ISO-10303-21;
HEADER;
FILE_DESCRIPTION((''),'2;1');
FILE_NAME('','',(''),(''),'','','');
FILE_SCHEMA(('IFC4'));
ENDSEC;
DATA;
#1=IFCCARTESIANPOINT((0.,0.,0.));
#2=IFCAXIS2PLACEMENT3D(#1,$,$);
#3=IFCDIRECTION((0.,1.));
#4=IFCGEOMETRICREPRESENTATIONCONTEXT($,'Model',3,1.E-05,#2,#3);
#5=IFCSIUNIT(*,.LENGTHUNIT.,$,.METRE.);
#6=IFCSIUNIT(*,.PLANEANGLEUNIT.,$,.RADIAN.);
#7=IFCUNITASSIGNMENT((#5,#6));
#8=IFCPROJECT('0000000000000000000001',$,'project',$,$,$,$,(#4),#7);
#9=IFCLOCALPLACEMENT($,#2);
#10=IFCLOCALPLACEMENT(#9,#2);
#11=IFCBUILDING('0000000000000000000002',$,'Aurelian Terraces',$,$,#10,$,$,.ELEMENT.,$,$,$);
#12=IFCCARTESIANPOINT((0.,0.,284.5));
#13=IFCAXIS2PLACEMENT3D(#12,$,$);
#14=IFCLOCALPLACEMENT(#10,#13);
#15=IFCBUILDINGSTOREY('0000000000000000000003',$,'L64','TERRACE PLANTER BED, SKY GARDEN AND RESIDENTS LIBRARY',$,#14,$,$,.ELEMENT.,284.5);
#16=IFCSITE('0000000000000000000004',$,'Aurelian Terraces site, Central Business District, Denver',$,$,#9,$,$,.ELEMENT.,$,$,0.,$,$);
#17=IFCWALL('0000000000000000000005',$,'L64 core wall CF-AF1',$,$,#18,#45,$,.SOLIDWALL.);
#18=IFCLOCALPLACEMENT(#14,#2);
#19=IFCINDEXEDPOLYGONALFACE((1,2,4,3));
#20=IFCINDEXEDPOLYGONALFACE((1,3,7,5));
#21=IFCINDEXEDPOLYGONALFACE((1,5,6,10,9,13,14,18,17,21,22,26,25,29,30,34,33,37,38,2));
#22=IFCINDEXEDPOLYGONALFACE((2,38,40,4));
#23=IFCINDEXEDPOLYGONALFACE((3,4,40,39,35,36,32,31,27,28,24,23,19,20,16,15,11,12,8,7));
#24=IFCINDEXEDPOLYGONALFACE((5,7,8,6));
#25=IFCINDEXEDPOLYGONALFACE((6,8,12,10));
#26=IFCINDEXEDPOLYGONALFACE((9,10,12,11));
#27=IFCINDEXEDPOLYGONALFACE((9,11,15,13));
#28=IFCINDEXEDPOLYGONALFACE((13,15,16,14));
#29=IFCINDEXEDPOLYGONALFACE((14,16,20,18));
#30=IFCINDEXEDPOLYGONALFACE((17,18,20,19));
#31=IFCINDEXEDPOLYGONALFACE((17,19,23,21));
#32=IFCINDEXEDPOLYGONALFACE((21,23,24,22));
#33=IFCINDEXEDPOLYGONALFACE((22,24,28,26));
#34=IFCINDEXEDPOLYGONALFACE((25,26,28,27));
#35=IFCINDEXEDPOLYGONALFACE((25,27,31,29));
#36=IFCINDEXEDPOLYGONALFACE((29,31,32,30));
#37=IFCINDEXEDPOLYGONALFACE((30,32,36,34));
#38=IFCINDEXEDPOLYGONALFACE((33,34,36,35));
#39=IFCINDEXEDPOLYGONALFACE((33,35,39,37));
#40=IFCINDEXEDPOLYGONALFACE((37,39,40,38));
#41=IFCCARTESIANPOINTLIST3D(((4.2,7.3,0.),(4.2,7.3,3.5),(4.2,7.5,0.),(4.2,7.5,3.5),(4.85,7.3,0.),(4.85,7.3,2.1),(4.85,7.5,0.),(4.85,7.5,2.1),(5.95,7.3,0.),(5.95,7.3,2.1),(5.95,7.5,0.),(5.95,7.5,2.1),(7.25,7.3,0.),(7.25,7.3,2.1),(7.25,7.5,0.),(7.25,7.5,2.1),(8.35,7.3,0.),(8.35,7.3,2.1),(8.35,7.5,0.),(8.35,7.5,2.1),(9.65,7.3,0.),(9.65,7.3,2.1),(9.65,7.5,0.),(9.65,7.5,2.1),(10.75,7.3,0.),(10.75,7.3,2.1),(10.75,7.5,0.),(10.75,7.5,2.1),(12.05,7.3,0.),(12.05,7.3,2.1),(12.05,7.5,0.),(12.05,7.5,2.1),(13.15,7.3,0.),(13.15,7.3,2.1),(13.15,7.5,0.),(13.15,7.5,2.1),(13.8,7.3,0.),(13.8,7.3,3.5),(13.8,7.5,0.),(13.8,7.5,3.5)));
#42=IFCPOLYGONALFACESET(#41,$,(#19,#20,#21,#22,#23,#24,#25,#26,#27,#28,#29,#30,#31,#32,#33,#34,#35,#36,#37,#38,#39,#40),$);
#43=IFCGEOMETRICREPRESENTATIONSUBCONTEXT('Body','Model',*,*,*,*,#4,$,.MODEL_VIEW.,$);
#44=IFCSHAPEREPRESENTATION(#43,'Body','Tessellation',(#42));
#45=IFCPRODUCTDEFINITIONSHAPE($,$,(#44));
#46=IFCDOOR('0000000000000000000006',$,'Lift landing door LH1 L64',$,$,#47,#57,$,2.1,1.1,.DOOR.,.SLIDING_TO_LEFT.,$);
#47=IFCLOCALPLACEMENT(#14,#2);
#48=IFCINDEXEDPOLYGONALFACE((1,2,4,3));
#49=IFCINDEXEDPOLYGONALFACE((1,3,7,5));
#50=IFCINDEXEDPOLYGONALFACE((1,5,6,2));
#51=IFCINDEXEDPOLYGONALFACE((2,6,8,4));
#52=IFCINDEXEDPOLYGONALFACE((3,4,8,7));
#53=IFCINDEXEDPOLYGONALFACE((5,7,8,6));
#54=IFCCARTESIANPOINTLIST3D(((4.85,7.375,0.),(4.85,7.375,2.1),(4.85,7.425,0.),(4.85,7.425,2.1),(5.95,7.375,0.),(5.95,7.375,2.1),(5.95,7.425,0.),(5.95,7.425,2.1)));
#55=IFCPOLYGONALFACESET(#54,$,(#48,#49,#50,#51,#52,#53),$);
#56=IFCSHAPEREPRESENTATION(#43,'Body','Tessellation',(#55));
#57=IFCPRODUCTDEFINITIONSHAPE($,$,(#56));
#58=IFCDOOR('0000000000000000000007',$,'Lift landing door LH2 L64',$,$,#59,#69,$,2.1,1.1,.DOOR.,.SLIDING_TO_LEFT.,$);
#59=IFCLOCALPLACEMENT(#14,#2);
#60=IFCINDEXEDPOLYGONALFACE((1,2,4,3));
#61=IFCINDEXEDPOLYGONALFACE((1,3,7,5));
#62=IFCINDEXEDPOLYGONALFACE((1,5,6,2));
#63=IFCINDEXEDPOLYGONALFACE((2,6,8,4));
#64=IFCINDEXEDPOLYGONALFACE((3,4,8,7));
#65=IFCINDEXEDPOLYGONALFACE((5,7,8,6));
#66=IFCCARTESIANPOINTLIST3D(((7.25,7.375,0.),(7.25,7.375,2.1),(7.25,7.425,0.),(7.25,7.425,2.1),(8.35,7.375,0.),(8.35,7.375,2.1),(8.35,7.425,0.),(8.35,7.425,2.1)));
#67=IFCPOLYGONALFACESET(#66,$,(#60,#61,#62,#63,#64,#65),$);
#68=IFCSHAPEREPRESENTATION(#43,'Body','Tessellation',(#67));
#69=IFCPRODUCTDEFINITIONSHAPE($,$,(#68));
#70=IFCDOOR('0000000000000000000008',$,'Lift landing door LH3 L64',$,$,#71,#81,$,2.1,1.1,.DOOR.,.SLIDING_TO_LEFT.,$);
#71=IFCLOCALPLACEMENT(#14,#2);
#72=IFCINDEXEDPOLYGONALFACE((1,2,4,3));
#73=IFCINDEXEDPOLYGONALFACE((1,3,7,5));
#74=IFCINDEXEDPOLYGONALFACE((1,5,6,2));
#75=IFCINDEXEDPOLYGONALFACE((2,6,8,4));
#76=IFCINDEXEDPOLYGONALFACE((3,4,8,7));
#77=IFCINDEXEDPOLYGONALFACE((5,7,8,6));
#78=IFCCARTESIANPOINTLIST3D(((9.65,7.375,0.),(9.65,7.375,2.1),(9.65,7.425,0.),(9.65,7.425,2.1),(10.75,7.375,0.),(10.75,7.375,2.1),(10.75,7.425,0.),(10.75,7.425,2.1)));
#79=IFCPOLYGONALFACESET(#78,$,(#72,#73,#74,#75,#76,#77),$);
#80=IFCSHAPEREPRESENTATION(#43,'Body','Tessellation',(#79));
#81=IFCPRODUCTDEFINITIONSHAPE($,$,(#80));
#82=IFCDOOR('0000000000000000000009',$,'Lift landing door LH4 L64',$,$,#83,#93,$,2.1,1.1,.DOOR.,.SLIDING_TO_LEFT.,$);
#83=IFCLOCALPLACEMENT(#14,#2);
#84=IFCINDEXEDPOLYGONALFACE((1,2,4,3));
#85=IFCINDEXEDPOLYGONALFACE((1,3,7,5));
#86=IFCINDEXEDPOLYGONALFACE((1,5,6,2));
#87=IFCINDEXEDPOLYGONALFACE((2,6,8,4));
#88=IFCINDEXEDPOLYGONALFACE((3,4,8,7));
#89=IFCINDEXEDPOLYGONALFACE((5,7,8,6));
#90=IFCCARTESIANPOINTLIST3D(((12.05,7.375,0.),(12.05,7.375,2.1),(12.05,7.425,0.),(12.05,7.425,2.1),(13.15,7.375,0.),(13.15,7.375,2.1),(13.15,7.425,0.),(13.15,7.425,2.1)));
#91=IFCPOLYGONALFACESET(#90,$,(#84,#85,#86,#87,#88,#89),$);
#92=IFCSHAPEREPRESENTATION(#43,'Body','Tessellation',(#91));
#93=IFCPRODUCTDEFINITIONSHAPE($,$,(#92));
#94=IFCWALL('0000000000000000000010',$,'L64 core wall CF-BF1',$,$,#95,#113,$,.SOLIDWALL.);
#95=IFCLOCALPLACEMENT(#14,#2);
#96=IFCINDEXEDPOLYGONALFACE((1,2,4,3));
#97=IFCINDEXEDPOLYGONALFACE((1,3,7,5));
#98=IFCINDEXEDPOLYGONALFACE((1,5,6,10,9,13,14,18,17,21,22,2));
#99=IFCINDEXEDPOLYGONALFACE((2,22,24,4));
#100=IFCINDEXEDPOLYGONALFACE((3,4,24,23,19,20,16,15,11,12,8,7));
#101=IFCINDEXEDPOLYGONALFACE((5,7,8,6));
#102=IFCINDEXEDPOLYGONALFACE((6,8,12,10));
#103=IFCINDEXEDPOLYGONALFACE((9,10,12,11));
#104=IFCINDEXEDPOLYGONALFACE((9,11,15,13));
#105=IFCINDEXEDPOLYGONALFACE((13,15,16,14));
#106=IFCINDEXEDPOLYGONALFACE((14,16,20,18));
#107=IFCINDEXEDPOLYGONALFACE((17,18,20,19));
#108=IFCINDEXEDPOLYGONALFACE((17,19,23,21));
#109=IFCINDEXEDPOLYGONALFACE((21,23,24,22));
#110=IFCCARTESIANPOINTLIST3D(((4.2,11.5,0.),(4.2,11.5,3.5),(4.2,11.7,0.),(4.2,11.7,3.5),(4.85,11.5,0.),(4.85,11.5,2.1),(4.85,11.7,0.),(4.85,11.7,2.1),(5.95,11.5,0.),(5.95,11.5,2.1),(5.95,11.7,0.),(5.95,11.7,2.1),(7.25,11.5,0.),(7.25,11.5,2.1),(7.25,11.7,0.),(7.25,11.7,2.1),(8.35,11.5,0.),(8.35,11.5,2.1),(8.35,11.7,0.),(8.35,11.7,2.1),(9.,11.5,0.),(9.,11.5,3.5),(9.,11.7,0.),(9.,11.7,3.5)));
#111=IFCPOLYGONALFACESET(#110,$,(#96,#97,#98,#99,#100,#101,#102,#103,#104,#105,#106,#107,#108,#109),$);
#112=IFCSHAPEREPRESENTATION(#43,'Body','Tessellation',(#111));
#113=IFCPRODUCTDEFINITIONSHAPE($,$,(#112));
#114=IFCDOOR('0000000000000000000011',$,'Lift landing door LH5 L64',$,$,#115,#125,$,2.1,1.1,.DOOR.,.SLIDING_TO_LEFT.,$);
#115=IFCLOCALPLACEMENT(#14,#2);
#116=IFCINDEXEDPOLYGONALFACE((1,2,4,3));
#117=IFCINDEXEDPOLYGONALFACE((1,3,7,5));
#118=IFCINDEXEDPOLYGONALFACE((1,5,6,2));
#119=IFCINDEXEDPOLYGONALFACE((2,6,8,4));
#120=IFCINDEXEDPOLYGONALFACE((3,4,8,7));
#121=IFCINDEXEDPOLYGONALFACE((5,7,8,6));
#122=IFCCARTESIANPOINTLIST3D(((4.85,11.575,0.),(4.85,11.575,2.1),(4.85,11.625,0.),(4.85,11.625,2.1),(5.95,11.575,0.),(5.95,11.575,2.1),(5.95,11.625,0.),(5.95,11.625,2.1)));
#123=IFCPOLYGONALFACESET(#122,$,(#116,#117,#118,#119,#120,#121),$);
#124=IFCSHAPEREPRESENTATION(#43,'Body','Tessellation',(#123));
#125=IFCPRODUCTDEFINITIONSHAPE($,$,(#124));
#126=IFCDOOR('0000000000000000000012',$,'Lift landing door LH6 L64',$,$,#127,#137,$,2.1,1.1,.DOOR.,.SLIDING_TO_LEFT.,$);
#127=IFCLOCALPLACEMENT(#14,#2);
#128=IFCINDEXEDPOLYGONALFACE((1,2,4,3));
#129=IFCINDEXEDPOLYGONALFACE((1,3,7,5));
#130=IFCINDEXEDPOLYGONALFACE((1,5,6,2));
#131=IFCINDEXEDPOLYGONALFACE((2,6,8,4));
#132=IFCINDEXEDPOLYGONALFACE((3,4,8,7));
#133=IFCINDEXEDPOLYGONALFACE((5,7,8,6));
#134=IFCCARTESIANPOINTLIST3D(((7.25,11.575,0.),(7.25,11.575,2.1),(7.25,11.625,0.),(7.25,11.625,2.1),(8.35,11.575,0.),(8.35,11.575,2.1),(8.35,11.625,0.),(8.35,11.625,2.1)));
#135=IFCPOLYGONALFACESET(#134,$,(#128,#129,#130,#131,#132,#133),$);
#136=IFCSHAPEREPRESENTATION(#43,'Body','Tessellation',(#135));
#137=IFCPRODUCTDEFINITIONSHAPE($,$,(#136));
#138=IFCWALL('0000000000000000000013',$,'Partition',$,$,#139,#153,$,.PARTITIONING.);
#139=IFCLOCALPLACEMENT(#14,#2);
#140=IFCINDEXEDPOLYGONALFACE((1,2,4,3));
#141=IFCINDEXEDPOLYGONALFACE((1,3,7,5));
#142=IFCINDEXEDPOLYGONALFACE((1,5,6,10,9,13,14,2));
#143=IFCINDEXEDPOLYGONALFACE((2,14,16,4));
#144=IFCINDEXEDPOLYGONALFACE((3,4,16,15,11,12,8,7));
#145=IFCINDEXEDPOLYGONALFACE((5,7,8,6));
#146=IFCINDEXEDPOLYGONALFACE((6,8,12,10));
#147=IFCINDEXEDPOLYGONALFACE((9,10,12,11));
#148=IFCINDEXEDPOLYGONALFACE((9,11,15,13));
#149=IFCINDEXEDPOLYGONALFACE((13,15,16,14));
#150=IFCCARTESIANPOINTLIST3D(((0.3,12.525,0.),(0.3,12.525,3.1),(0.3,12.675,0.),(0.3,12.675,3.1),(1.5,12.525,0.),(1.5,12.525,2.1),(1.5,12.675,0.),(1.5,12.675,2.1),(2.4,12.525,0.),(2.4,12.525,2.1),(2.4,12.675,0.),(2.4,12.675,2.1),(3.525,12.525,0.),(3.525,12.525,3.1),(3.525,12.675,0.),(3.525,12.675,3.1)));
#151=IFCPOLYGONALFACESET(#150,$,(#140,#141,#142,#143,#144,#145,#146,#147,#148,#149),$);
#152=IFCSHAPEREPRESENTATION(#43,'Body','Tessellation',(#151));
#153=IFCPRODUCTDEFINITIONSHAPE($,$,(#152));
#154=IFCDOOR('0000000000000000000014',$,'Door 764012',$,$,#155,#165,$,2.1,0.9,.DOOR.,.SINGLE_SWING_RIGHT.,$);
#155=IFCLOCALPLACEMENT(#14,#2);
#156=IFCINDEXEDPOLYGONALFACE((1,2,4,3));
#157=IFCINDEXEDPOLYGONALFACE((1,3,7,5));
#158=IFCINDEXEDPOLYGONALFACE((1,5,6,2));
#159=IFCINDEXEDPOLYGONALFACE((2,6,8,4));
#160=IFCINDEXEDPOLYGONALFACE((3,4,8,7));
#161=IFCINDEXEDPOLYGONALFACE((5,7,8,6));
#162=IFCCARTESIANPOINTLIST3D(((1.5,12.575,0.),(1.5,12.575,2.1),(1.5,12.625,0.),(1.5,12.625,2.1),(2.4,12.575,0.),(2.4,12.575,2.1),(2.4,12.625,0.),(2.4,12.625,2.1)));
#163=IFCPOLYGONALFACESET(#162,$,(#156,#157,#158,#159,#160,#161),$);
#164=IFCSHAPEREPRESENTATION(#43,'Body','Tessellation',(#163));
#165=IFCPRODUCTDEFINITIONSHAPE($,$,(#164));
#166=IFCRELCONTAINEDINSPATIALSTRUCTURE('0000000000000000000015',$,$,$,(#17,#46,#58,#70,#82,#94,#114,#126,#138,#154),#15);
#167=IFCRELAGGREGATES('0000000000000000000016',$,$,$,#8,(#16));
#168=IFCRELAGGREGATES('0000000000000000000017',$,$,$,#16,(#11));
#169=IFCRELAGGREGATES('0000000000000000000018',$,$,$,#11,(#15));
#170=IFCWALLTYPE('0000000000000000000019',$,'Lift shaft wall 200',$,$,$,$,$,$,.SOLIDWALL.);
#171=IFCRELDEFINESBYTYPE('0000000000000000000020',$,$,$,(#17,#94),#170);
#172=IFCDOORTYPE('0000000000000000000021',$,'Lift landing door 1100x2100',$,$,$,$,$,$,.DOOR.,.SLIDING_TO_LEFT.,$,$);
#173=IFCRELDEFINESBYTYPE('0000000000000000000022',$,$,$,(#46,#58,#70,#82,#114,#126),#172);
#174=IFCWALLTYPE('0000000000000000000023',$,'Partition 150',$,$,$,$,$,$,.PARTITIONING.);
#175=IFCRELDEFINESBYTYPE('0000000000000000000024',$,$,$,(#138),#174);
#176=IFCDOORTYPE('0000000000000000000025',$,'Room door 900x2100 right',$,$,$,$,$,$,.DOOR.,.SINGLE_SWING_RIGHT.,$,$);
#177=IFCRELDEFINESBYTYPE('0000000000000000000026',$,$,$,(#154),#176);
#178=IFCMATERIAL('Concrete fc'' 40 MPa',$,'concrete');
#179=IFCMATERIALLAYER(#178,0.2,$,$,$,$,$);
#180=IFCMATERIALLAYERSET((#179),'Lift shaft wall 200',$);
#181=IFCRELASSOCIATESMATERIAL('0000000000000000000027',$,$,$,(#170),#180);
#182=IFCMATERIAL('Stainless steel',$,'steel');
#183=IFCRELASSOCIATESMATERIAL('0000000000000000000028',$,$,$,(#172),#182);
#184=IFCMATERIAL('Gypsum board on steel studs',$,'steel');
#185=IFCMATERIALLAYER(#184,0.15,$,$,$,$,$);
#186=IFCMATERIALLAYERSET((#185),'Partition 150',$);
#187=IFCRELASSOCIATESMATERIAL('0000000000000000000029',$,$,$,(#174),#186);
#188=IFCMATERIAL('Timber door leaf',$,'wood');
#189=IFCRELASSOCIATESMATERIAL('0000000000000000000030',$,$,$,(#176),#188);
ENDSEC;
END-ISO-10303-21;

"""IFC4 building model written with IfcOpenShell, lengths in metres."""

from ifc_helpers import new_model, si_unit, direction, frame, frame_2d, origin, place, context, subcontext, project, spatial, rectangle, extrude, source, transform, mapped, material, layer, layer_set, type_object, element, fill, save


model = new_model("IFC4")

# Units and contexts
model_context = context("Model", 3, precision=1e-05, world=origin(), true_north=direction((0.0, 1.0)))
body_context = subcontext(model_context, "Body", "Model", "MODEL_VIEW")
ifc_project = project(units=[si_unit("LENGTHUNIT", "METRE"), si_unit("PLANEANGLEUNIT", "RADIAN")], contexts=[model_context])

# Site, building, storey
site_placement = place(None, origin())
site = spatial("IfcSite", under=ifc_project, at=site_placement, Name="Aurelian Terraces site, Central Business District, Denver", CompositionType="ELEMENT", RefElevation=0.0)
building_placement = place(site_placement, origin())
building = spatial("IfcBuilding", under=site, at=building_placement, Name="Aurelian Terraces", CompositionType="ELEMENT")
storey_placement = place(building_placement, frame((0.0, 0.0, 284.5)))
storey = spatial("IfcBuildingStorey", under=building, at=storey_placement, Name="L64", Description="TERRACE PLANTER BED, SKY GARDEN AND RESIDENTS LIBRARY", CompositionType="ELEMENT", Elevation=284.5)

# Walls, openings, doors
ifc_material_1 = material(Name="Concrete fc' 40 MPa", Category="concrete")
ifc_layer_1 = layer(ifc_material_1, 0.2)
ifc_layer_set_1 = layer_set([ifc_layer_1], Name="Lift shaft wall 200")
wall_type_1 = type_object("IfcWallType", Name="Lift shaft wall 200", PredefinedType="SOLIDWALL", material=ifc_layer_set_1)
wall_1_placement = place(storey_placement, frame((4.2, 7.4, 0.0), z_axis=(0.0, 0.0, 1.0), x_axis=(1.0, 0.0, 0.0)))
wall_1 = element("IfcWall", 1, at=wall_1_placement, inside=storey, type_object=wall_type_1, Name="L64 core wall CF-AF1", PredefinedType="SOLIDWALL", context=body_context, shape_type="SweptSolid", body=[
    extrude(rectangle(XDim=9.6, YDim=0.2, at=frame_2d((4.8, 0.0))), origin(), (0.0, 0.0, 1.0), 3.5),
])
shared_shape_1 = source(origin(), body_context, "Body", "SweptSolid", [
    extrude(rectangle(XDim=1.1, YDim=2.1, at=frame_2d((0.55, 1.05))), frame((0.0, 0.11, 0.0), z_axis=(0.0, -1.0, 0.0), x_axis=(1.0, 0.0, 0.0)), (0.0, 0.0, 1.0), 0.22),
])
opening_1_placement = place(wall_1_placement, frame((0.65, 0.0, 0.0)))
opening_1 = element("IfcOpeningElement", 2, at=opening_1_placement, cuts=wall_1, PredefinedType="OPENING", context=body_context, shape_type="MappedRepresentation", body=[
    mapped(shared_shape_1, transform((0.0, 0.0, 0.0), scale=1.0)),
])
opening_2_placement = place(wall_1_placement, frame((3.05, 0.0, 0.0)))
opening_2 = element("IfcOpeningElement", 3, at=opening_2_placement, cuts=wall_1, PredefinedType="OPENING", context=body_context, shape_type="MappedRepresentation", body=[
    mapped(shared_shape_1, transform((0.0, 0.0, 0.0), scale=1.0)),
])
opening_3_placement = place(wall_1_placement, frame((5.45, 0.0, 0.0)))
opening_3 = element("IfcOpeningElement", 4, at=opening_3_placement, cuts=wall_1, PredefinedType="OPENING", context=body_context, shape_type="MappedRepresentation", body=[
    mapped(shared_shape_1, transform((0.0, 0.0, 0.0), scale=1.0)),
])
opening_4_placement = place(wall_1_placement, frame((7.85, 0.0, 0.0)))
opening_4 = element("IfcOpeningElement", 5, at=opening_4_placement, cuts=wall_1, PredefinedType="OPENING", context=body_context, shape_type="MappedRepresentation", body=[
    mapped(shared_shape_1, transform((0.0, 0.0, 0.0), scale=1.0)),
])
ifc_material_2 = material(Name="Stainless steel", Category="steel")
door_type_1 = type_object("IfcDoorType", Name="Lift landing door 1100x2100", OperationType="SLIDING_TO_LEFT", PredefinedType="DOOR", material=ifc_material_2)
shared_shape_2 = source(origin(), body_context, "Body", "SweptSolid", [
    extrude(rectangle(XDim=1.1, YDim=2.1, at=frame_2d((0.55, 1.05))), frame((0.0, 0.025, 0.0), z_axis=(0.0, -1.0, 0.0), x_axis=(1.0, 0.0, 0.0)), (0.0, 0.0, 1.0), 0.05),
])
door_1_placement = place(opening_1_placement, origin())
door_1 = element("IfcDoor", 6, at=door_1_placement, inside=storey, type_object=door_type_1, Name="Lift landing door LH1 L64", OperationType="SLIDING_TO_LEFT", OverallHeight=2.1, OverallWidth=1.1, PredefinedType="DOOR", context=body_context, shape_type="MappedRepresentation", body=[
    mapped(shared_shape_2, transform((0.0, 0.0, 0.0), scale=1.0)),
])
fill(opening_1, door_1)
door_2_placement = place(opening_2_placement, origin())
door_2 = element("IfcDoor", 7, at=door_2_placement, inside=storey, type_object=door_type_1, Name="Lift landing door LH2 L64", OperationType="SLIDING_TO_LEFT", OverallHeight=2.1, OverallWidth=1.1, PredefinedType="DOOR", context=body_context, shape_type="MappedRepresentation", body=[
    mapped(shared_shape_2, transform((0.0, 0.0, 0.0), scale=1.0)),
])
fill(opening_2, door_2)
door_3_placement = place(opening_3_placement, origin())
door_3 = element("IfcDoor", 8, at=door_3_placement, inside=storey, type_object=door_type_1, Name="Lift landing door LH3 L64", OperationType="SLIDING_TO_LEFT", OverallHeight=2.1, OverallWidth=1.1, PredefinedType="DOOR", context=body_context, shape_type="MappedRepresentation", body=[
    mapped(shared_shape_2, transform((0.0, 0.0, 0.0), scale=1.0)),
])
fill(opening_3, door_3)
door_4_placement = place(opening_4_placement, origin())
door_4 = element("IfcDoor", 9, at=door_4_placement, inside=storey, type_object=door_type_1, Name="Lift landing door LH4 L64", OperationType="SLIDING_TO_LEFT", OverallHeight=2.1, OverallWidth=1.1, PredefinedType="DOOR", context=body_context, shape_type="MappedRepresentation", body=[
    mapped(shared_shape_2, transform((0.0, 0.0, 0.0), scale=1.0)),
])
fill(opening_4, door_4)
wall_2_placement = place(storey_placement, frame((4.2, 11.6, 0.0), z_axis=(0.0, 0.0, 1.0), x_axis=(1.0, 0.0, 0.0)))
wall_2 = element("IfcWall", 10, at=wall_2_placement, inside=storey, type_object=wall_type_1, Name="L64 core wall CF-BF1", PredefinedType="SOLIDWALL", context=body_context, shape_type="SweptSolid", body=[
    extrude(rectangle(XDim=4.8, YDim=0.2, at=frame_2d((2.4, 0.0))), origin(), (0.0, 0.0, 1.0), 3.5),
])
opening_5_placement = place(wall_2_placement, frame((0.65, 0.0, 0.0)))
opening_5 = element("IfcOpeningElement", 11, at=opening_5_placement, cuts=wall_2, PredefinedType="OPENING", context=body_context, shape_type="MappedRepresentation", body=[
    mapped(shared_shape_1, transform((0.0, 0.0, 0.0), scale=1.0)),
])
opening_6_placement = place(wall_2_placement, frame((3.05, 0.0, 0.0)))
opening_6 = element("IfcOpeningElement", 12, at=opening_6_placement, cuts=wall_2, PredefinedType="OPENING", context=body_context, shape_type="MappedRepresentation", body=[
    mapped(shared_shape_1, transform((0.0, 0.0, 0.0), scale=1.0)),
])
door_5_placement = place(opening_5_placement, origin())
door_5 = element("IfcDoor", 13, at=door_5_placement, inside=storey, type_object=door_type_1, Name="Lift landing door LH5 L64", OperationType="SLIDING_TO_LEFT", OverallHeight=2.1, OverallWidth=1.1, PredefinedType="DOOR", context=body_context, shape_type="MappedRepresentation", body=[
    mapped(shared_shape_2, transform((0.0, 0.0, 0.0), scale=1.0)),
])
fill(opening_5, door_5)
door_6_placement = place(opening_6_placement, origin())
door_6 = element("IfcDoor", 14, at=door_6_placement, inside=storey, type_object=door_type_1, Name="Lift landing door LH6 L64", OperationType="SLIDING_TO_LEFT", OverallHeight=2.1, OverallWidth=1.1, PredefinedType="DOOR", context=body_context, shape_type="MappedRepresentation", body=[
    mapped(shared_shape_2, transform((0.0, 0.0, 0.0), scale=1.0)),
])
fill(opening_6, door_6)

# Wall, opening, door
ifc_material_3 = material(Name="Gypsum board on steel studs", Category="steel")
ifc_layer_2 = layer(ifc_material_3, 0.15)
ifc_layer_set_2 = layer_set([ifc_layer_2], Name="Partition 150")
wall_type_2 = type_object("IfcWallType", Name="Partition 150", PredefinedType="PARTITIONING", material=ifc_layer_set_2)
wall_3_placement = place(storey_placement, frame((0.3, 12.6, 0.0), z_axis=(0.0, 0.0, 1.0), x_axis=(1.0, 0.0, 0.0)))
wall_3 = element("IfcWall", 15, at=wall_3_placement, inside=storey, type_object=wall_type_2, Name="Partition", PredefinedType="PARTITIONING", context=body_context, shape_type="SweptSolid", body=[
    extrude(rectangle(XDim=3.225, YDim=0.15, at=frame_2d((1.6125, 0.0))), origin(), (0.0, 0.0, 1.0), 3.1),
])
shared_shape_3 = source(origin(), body_context, "Body", "SweptSolid", [
    extrude(rectangle(XDim=0.9, YDim=2.1, at=frame_2d((0.45, 1.05))), frame((0.0, 0.085, 0.0), z_axis=(0.0, -1.0, 0.0), x_axis=(1.0, 0.0, 0.0)), (0.0, 0.0, 1.0), 0.17),
])
opening_7_placement = place(wall_3_placement, frame((1.2, 0.0, 0.0)))
opening_7 = element("IfcOpeningElement", 16, at=opening_7_placement, cuts=wall_3, PredefinedType="OPENING", context=body_context, shape_type="MappedRepresentation", body=[
    mapped(shared_shape_3, transform((0.0, 0.0, 0.0), scale=1.0)),
])
ifc_material_4 = material(Name="Timber door leaf", Category="wood")
door_type_2 = type_object("IfcDoorType", Name="Room door 900x2100 right", OperationType="SINGLE_SWING_RIGHT", PredefinedType="DOOR", material=ifc_material_4)
shared_shape_4 = source(origin(), body_context, "Body", "SweptSolid", [
    extrude(rectangle(XDim=0.9, YDim=2.1, at=frame_2d((0.45, 1.05))), frame((0.0, 0.025, 0.0), z_axis=(0.0, -1.0, 0.0), x_axis=(1.0, 0.0, 0.0)), (0.0, 0.0, 1.0), 0.05),
])
door_7_placement = place(opening_7_placement, origin())
door_7 = element("IfcDoor", 17, at=door_7_placement, inside=storey, type_object=door_type_2, Name="Door 764012", OperationType="SINGLE_SWING_RIGHT", OverallHeight=2.1, OverallWidth=0.9, PredefinedType="DOOR", context=body_context, shape_type="MappedRepresentation", body=[
    mapped(shared_shape_4, transform((0.0, 0.0, 0.0), scale=1.0)),
])
fill(opening_7, door_7)

save(model, "model.ifc")
